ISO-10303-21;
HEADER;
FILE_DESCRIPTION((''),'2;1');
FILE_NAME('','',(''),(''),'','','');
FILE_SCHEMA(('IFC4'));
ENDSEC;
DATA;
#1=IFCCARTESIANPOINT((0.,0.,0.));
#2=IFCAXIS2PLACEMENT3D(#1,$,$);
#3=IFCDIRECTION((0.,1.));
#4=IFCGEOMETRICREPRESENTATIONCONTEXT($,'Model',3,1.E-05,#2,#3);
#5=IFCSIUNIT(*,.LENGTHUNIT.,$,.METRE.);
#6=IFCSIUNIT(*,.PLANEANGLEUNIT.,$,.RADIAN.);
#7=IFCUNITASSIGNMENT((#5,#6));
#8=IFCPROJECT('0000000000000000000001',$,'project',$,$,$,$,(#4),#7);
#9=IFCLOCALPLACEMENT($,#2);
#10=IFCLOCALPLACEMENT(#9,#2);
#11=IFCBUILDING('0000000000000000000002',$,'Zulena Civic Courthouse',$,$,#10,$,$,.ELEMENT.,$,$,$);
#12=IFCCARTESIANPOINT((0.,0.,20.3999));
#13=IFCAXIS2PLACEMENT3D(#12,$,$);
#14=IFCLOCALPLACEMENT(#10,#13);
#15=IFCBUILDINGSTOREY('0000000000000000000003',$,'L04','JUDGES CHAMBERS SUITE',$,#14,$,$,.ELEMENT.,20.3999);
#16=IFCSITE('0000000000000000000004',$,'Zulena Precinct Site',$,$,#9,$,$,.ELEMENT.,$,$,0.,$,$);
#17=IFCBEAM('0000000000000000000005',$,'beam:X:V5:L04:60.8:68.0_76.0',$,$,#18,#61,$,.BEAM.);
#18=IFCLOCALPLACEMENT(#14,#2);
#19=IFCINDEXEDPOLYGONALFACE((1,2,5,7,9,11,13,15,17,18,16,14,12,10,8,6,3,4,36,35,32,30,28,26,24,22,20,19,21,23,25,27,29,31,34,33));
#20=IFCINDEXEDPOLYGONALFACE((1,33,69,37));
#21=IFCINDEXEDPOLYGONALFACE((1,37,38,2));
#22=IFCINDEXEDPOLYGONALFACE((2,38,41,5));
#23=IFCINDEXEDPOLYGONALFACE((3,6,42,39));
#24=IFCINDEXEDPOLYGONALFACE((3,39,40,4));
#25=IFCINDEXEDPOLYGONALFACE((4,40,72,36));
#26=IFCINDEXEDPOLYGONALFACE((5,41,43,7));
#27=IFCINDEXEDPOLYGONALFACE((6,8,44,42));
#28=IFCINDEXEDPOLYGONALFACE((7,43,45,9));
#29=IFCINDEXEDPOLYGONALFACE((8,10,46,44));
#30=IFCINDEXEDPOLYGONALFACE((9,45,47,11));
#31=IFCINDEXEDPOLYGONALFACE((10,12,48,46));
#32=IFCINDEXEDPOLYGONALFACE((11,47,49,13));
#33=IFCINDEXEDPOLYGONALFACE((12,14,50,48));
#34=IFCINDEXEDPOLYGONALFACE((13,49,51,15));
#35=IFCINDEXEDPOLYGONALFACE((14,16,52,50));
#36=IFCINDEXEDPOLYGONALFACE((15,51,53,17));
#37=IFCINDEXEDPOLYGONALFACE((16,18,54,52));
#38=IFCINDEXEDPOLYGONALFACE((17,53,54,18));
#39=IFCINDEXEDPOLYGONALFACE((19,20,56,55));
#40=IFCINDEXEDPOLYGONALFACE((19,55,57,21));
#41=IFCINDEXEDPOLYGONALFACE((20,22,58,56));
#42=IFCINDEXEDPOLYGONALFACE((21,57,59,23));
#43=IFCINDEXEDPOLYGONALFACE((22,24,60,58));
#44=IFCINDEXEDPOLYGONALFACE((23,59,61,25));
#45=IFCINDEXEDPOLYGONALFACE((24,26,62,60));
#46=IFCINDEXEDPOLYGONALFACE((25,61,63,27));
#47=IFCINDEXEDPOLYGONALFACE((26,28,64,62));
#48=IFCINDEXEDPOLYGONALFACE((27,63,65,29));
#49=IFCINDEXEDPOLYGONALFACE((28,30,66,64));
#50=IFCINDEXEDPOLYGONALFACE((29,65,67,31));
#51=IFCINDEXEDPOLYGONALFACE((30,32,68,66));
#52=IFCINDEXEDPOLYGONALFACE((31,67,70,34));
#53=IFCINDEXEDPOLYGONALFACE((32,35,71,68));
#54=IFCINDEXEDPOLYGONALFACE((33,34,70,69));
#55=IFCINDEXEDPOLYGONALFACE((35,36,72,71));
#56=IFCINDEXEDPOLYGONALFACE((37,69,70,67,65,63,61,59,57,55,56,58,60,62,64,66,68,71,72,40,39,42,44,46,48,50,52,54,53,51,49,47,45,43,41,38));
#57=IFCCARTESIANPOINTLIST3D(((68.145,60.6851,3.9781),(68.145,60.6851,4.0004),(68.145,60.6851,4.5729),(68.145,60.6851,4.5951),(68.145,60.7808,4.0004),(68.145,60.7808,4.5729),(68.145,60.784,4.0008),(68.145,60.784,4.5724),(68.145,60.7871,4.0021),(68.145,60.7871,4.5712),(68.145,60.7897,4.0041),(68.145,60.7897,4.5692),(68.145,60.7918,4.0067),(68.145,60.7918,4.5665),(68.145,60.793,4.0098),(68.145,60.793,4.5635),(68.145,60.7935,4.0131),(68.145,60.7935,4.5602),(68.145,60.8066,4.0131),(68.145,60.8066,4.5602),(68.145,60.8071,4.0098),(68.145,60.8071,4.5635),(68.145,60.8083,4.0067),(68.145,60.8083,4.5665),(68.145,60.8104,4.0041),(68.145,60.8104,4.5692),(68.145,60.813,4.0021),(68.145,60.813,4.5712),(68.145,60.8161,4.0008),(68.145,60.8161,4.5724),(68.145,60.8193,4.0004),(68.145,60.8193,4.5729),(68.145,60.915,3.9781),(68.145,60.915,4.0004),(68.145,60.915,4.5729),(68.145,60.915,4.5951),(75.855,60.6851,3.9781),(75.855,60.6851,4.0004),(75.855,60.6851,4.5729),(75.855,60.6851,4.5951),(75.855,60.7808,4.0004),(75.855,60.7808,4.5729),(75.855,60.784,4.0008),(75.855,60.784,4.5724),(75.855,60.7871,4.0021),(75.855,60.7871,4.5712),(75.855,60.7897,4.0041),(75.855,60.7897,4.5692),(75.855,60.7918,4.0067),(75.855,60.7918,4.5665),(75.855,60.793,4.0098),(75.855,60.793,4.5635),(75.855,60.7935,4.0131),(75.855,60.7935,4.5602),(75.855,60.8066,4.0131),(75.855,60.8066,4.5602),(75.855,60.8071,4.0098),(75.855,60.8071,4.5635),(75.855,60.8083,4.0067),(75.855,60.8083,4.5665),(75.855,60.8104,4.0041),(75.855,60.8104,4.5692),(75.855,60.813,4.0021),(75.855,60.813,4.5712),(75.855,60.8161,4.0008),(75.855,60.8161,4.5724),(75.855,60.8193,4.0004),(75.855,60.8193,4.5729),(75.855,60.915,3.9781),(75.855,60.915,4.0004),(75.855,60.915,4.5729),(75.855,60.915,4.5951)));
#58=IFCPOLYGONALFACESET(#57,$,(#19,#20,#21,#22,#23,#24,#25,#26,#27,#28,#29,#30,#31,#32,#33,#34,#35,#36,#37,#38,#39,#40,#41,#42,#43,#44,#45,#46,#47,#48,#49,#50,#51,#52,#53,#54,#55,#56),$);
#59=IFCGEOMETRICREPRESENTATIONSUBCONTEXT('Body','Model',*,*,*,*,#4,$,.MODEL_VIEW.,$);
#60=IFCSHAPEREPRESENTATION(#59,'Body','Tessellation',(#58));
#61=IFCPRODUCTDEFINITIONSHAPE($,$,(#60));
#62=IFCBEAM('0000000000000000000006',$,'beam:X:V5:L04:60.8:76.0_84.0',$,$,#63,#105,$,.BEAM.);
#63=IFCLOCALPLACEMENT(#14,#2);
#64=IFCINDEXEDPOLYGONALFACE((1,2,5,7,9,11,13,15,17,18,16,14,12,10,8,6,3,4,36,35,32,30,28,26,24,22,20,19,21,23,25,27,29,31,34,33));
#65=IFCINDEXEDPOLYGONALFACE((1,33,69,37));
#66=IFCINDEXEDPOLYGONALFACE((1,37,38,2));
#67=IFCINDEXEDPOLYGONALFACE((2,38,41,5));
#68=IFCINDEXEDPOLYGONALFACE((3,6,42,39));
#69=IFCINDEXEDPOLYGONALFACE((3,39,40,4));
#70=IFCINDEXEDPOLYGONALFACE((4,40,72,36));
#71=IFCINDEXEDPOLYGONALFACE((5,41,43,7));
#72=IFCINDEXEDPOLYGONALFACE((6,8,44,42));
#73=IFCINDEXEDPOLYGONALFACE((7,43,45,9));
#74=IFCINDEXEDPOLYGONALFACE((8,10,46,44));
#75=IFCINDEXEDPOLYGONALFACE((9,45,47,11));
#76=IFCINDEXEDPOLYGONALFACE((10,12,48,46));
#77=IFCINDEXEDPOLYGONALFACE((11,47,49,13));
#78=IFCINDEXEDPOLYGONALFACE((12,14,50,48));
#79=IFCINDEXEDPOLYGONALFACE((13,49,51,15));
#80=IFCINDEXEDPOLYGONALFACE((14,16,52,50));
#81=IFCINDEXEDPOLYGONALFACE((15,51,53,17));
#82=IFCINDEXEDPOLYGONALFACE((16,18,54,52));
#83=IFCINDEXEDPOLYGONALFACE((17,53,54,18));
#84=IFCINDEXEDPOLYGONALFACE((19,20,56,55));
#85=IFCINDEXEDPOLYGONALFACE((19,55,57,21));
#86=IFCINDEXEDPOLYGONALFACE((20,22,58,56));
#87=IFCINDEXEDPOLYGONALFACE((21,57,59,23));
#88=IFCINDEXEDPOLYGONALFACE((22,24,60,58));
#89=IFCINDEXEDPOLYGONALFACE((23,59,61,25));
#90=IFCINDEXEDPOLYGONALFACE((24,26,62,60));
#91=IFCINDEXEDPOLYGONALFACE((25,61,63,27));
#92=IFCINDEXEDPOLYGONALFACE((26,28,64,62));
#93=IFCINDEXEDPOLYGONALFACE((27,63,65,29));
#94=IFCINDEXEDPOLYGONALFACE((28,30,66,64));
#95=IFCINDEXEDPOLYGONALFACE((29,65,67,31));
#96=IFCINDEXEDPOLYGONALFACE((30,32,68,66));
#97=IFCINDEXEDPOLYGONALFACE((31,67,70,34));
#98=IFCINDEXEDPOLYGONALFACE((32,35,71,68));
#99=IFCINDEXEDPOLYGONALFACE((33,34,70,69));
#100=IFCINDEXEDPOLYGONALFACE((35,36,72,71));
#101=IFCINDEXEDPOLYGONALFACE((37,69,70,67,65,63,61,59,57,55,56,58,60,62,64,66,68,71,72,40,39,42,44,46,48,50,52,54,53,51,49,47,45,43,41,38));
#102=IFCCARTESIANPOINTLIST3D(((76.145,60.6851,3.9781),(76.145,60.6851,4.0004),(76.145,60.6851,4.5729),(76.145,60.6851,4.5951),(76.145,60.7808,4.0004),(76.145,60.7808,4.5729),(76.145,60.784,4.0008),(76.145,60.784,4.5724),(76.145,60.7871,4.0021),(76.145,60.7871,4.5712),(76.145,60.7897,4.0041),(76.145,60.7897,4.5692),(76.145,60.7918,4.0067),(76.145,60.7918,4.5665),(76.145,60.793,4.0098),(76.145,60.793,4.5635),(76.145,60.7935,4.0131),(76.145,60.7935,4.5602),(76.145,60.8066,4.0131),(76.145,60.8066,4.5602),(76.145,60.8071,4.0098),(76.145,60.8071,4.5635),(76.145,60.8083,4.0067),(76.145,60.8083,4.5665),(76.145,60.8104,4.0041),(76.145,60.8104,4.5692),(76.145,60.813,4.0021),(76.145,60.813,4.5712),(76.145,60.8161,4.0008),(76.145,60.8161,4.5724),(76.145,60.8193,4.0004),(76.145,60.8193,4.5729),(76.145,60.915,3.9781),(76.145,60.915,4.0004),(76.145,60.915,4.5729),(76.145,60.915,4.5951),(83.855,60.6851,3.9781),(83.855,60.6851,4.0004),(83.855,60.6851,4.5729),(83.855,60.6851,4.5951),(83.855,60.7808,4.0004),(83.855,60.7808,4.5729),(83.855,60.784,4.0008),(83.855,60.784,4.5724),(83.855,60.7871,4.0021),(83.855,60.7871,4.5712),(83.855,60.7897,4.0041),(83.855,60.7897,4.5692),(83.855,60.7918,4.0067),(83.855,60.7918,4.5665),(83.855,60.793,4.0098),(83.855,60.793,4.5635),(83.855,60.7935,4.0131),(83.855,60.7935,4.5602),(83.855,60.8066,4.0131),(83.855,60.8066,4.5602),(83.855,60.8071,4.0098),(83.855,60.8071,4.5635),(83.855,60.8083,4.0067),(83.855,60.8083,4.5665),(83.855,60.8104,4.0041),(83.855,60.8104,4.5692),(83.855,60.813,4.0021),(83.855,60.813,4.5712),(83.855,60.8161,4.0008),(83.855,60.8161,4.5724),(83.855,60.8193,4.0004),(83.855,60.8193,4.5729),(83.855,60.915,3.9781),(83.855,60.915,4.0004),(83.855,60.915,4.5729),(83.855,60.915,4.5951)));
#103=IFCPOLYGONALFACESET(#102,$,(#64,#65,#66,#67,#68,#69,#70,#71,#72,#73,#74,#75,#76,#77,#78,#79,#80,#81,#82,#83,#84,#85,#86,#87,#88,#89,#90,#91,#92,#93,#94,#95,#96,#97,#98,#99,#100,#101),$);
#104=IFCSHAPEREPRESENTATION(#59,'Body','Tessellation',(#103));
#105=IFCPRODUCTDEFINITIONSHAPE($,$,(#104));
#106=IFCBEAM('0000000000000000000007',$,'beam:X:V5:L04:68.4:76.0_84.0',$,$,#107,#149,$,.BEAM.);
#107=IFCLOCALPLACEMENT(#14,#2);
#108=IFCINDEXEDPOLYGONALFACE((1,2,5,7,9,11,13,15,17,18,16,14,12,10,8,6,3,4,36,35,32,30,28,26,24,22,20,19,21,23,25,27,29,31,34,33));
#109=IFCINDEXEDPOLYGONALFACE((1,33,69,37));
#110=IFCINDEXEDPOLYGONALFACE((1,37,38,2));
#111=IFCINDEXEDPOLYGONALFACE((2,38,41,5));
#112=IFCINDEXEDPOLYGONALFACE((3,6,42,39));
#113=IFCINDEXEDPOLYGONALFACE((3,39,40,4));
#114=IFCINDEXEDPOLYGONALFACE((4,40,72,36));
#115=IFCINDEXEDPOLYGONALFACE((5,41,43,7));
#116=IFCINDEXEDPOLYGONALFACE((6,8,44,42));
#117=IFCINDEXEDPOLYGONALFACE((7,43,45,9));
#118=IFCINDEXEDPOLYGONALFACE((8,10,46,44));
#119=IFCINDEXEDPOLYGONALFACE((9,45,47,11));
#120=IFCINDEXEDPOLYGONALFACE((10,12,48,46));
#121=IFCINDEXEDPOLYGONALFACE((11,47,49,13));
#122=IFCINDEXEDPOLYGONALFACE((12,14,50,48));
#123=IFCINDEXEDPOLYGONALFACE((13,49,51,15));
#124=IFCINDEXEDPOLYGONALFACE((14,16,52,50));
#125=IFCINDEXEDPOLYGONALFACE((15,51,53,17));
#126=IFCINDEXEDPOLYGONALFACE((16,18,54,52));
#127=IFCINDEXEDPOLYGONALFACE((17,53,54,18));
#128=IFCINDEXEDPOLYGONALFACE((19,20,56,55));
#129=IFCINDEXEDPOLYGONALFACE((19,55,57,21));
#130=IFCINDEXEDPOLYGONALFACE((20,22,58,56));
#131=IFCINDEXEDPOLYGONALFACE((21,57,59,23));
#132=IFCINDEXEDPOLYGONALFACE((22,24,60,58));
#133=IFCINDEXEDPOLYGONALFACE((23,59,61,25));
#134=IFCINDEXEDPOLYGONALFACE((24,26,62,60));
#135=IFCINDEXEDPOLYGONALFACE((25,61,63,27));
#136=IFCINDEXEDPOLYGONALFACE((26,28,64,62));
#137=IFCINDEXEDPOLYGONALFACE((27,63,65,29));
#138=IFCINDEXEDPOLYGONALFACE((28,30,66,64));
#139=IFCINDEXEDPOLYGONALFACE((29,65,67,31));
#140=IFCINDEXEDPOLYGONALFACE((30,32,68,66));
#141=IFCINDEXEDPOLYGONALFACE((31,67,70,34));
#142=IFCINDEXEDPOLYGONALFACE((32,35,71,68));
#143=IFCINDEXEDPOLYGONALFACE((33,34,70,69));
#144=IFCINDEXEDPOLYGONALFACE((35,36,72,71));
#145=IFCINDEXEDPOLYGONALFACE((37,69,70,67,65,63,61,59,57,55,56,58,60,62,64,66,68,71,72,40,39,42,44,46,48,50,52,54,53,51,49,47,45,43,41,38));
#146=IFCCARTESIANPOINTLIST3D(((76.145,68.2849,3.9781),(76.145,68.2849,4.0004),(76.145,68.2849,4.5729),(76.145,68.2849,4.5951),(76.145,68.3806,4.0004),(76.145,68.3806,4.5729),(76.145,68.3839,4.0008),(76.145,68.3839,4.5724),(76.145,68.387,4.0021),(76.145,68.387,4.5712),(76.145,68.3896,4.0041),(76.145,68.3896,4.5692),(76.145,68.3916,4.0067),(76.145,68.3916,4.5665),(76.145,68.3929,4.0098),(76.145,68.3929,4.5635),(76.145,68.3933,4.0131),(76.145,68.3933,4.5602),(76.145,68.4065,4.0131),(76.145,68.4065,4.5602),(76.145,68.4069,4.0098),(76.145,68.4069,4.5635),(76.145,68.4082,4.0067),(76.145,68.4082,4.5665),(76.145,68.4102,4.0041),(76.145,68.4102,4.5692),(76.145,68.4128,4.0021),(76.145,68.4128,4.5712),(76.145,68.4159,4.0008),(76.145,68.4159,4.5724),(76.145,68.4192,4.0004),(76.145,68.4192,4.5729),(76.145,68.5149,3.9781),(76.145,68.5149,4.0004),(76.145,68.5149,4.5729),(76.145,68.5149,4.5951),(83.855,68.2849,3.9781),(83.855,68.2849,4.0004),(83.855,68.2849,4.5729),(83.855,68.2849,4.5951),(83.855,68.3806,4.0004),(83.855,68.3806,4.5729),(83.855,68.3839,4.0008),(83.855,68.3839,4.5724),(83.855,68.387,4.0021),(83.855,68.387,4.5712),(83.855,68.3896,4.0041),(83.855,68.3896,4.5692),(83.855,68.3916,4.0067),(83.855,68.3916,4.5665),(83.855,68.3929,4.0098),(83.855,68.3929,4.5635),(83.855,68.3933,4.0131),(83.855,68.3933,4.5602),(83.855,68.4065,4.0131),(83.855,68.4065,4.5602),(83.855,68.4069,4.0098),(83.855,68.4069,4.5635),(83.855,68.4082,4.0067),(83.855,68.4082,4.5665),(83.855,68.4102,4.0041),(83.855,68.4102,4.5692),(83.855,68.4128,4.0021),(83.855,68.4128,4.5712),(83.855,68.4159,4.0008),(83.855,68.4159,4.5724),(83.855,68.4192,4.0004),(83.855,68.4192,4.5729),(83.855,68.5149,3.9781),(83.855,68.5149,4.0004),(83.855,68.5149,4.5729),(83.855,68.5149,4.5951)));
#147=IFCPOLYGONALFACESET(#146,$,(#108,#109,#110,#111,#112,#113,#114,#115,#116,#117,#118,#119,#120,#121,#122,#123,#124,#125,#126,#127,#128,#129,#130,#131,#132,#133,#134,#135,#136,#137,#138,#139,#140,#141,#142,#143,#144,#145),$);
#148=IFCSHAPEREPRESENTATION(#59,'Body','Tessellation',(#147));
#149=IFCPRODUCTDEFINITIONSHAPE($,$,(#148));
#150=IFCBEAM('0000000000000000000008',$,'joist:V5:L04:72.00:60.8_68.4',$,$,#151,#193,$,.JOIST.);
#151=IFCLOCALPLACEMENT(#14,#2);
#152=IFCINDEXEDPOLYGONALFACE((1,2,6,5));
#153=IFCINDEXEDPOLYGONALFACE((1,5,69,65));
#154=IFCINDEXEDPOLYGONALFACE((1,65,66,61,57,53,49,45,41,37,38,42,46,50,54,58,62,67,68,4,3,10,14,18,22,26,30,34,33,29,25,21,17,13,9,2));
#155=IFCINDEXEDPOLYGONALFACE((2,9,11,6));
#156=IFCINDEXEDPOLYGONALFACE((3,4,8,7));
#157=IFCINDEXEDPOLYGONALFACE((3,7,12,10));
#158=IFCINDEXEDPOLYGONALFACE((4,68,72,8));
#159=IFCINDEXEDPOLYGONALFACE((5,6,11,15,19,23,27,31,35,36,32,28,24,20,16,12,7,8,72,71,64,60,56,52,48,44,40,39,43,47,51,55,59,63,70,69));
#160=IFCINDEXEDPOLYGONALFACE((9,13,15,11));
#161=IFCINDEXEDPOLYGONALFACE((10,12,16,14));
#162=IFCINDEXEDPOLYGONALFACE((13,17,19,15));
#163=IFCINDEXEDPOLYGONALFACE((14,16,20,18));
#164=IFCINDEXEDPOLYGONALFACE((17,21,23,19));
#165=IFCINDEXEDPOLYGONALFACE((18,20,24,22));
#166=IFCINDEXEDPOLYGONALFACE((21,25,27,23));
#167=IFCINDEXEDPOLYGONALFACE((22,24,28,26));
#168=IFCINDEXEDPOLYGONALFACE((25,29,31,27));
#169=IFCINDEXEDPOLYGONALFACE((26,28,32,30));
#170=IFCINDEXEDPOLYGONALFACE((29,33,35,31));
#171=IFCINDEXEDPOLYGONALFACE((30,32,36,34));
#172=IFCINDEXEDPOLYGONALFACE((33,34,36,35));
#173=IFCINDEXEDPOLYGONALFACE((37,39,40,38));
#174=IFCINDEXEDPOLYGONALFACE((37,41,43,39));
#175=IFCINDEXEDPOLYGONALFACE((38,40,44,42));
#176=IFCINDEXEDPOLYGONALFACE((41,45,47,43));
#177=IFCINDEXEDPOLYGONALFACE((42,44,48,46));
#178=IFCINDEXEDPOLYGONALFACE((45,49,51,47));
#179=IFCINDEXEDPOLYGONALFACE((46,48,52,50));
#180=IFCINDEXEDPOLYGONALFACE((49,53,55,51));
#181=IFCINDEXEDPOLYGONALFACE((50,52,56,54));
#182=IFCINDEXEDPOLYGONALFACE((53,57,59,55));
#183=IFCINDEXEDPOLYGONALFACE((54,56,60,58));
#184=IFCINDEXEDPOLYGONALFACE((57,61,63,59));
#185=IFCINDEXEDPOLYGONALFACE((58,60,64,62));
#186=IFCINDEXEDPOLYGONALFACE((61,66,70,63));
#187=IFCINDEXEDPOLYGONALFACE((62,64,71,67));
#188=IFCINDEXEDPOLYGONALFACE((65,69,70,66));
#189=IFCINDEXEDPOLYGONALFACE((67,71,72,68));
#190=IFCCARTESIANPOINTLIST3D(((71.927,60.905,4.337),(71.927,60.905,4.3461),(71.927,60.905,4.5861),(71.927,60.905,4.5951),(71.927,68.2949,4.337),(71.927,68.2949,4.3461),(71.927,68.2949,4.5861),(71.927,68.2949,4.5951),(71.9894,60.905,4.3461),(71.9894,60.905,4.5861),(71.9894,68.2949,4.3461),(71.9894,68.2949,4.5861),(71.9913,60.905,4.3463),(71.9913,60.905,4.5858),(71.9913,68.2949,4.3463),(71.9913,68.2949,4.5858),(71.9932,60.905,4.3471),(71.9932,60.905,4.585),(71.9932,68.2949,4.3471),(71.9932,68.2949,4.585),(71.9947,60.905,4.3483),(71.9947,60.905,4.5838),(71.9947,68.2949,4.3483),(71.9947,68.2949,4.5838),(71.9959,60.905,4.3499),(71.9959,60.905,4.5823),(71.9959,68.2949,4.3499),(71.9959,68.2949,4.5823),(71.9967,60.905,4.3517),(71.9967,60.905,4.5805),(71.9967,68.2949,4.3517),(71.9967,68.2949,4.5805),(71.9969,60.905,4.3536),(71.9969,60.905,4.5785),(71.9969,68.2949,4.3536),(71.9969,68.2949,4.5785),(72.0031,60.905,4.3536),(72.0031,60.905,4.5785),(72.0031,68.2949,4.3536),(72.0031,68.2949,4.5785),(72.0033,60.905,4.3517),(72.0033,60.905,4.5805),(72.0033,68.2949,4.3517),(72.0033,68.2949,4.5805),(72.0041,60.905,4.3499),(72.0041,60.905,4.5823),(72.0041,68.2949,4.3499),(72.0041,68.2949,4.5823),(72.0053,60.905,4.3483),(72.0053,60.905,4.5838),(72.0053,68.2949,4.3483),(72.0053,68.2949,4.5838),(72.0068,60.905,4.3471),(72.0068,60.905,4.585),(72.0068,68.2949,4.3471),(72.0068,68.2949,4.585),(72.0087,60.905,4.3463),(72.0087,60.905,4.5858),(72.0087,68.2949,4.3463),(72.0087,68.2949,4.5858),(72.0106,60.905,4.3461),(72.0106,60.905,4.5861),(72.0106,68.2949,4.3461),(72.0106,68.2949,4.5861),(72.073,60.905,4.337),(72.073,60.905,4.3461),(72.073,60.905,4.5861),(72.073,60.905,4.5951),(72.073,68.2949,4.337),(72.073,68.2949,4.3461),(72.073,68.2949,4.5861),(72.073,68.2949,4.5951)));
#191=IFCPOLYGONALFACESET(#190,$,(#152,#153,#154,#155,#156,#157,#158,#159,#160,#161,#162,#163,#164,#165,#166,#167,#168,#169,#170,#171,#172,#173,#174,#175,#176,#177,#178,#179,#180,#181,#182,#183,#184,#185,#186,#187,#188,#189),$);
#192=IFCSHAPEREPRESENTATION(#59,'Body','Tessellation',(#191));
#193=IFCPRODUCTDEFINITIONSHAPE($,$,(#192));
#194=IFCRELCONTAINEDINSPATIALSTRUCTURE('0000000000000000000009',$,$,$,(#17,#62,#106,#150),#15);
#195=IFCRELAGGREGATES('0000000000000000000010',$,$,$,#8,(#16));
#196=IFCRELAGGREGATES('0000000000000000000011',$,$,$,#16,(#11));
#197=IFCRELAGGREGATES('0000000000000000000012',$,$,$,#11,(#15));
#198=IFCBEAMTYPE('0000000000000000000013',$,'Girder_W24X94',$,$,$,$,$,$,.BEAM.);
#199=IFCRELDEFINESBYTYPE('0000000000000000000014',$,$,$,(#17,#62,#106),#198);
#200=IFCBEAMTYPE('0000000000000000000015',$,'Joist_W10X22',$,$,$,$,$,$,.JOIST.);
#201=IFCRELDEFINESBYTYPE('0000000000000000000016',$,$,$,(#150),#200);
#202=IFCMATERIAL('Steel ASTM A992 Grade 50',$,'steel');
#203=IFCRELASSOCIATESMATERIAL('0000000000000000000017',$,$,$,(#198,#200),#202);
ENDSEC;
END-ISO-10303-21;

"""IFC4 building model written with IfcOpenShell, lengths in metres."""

from ifc_helpers import new_model, si_unit, direction, frame, origin, origin_2d, place, context, subcontext, project, spatial, i_section, extrude, material, material_profile, profile_set, type_object, element, save


model = new_model("IFC4")

# Units and contexts
model_context = context("Model", 3, precision=1e-05, world=origin(), true_north=direction((0.0, 1.0)))
body_context = subcontext(model_context, "Body", "Model", "MODEL_VIEW")
ifc_project = project(units=[si_unit("LENGTHUNIT", "METRE"), si_unit("PLANEANGLEUNIT", "RADIAN")], contexts=[model_context])

# Site, building, storey
site_placement = place(None, origin())
site = spatial("IfcSite", under=ifc_project, at=site_placement, Name="Zulena Precinct Site", CompositionType="ELEMENT", RefElevation=0.0)
building_placement = place(site_placement, origin())
building = spatial("IfcBuilding", under=site, at=building_placement, Name="Zulena Civic Courthouse", CompositionType="ELEMENT")
storey_placement = place(building_placement, frame((0.0, 0.0, 20.3999)))
storey = spatial("IfcBuildingStorey", under=building, at=storey_placement, Name="L04", Description="JUDGES CHAMBERS SUITE", CompositionType="ELEMENT", Elevation=20.3999)

# Shared definitions
ifc_material_1 = material(Name="Steel ASTM A992 Grade 50", Category="steel")

# Beams
ifc_material_profile_1 = material_profile(ifc_material_1, i_section(OverallWidth=0.23, OverallDepth=0.6169, WebThickness=0.0132, FlangeThickness=0.0222, FilletRadius=0.0127, at=origin_2d()), Name="W24X94")
ifc_profile_set_1 = profile_set([ifc_material_profile_1], Name="Steel ASTM A992 Grade 50")
beam_type_1 = type_object("IfcBeamType", Name="Girder_W24X94", PredefinedType="BEAM", material=ifc_profile_set_1)
for number, where, z_axis, x_axis, name in (
    (1, (68.145, 60.8, 4.2866), (1.0, 0.0, 0.0), (0.0, 1.0, 0.0), "beam:X:V5:L04:60.8:68.0_76.0"),
    (2, (76.145, 60.8, 4.2866), (1.0, 0.0, 0.0), (0.0, 1.0, 0.0), "beam:X:V5:L04:60.8:76.0_84.0"),
    (3, (76.145, 68.3999, 4.2866), (1.0, 0.0, 0.0), (0.0, 1.0, 0.0), "beam:X:V5:L04:68.4:76.0_84.0"),
):
    element("IfcBeam", number, at=place(storey_placement, frame(where, z_axis=z_axis, x_axis=x_axis)), inside=storey, type_object=beam_type_1, Name=name, PredefinedType="BEAM", context=body_context, shape_type="SweptSolid", body=[
        extrude(i_section(OverallWidth=0.23, OverallDepth=0.6169, WebThickness=0.0132, FlangeThickness=0.0222, FilletRadius=0.0127, at=origin_2d()), origin(), (0.0, 0.0, 1.0), 7.71),
    ])
ifc_material_profile_2 = material_profile(ifc_material_1, i_section(OverallWidth=0.146, OverallDepth=0.2581, WebThickness=0.0061, FlangeThickness=0.009, FilletRadius=0.0076, at=origin_2d()), Name="W10X22")
ifc_profile_set_2 = profile_set([ifc_material_profile_2], Name="Steel ASTM A992 Grade 50")
beam_type_2 = type_object("IfcBeamType", Name="Joist_W10X22", PredefinedType="JOIST", material=ifc_profile_set_2)
beam_1_placement = place(storey_placement, frame((72.0, 60.905, 4.4661), z_axis=(0.0, 1.0, 0.0), x_axis=(-1.0, 0.0, 0.0)))
element("IfcBeam", 4, at=beam_1_placement, inside=storey, type_object=beam_type_2, Name="joist:V5:L04:72.00:60.8_68.4", PredefinedType="JOIST", context=body_context, shape_type="SweptSolid", body=[
    extrude(i_section(OverallWidth=0.146, OverallDepth=0.2581, WebThickness=0.0061, FlangeThickness=0.009, FilletRadius=0.0076, at=origin_2d()), origin(), (0.0, 0.0, 1.0), 7.3899),
])

save(model, "model.ifc")
